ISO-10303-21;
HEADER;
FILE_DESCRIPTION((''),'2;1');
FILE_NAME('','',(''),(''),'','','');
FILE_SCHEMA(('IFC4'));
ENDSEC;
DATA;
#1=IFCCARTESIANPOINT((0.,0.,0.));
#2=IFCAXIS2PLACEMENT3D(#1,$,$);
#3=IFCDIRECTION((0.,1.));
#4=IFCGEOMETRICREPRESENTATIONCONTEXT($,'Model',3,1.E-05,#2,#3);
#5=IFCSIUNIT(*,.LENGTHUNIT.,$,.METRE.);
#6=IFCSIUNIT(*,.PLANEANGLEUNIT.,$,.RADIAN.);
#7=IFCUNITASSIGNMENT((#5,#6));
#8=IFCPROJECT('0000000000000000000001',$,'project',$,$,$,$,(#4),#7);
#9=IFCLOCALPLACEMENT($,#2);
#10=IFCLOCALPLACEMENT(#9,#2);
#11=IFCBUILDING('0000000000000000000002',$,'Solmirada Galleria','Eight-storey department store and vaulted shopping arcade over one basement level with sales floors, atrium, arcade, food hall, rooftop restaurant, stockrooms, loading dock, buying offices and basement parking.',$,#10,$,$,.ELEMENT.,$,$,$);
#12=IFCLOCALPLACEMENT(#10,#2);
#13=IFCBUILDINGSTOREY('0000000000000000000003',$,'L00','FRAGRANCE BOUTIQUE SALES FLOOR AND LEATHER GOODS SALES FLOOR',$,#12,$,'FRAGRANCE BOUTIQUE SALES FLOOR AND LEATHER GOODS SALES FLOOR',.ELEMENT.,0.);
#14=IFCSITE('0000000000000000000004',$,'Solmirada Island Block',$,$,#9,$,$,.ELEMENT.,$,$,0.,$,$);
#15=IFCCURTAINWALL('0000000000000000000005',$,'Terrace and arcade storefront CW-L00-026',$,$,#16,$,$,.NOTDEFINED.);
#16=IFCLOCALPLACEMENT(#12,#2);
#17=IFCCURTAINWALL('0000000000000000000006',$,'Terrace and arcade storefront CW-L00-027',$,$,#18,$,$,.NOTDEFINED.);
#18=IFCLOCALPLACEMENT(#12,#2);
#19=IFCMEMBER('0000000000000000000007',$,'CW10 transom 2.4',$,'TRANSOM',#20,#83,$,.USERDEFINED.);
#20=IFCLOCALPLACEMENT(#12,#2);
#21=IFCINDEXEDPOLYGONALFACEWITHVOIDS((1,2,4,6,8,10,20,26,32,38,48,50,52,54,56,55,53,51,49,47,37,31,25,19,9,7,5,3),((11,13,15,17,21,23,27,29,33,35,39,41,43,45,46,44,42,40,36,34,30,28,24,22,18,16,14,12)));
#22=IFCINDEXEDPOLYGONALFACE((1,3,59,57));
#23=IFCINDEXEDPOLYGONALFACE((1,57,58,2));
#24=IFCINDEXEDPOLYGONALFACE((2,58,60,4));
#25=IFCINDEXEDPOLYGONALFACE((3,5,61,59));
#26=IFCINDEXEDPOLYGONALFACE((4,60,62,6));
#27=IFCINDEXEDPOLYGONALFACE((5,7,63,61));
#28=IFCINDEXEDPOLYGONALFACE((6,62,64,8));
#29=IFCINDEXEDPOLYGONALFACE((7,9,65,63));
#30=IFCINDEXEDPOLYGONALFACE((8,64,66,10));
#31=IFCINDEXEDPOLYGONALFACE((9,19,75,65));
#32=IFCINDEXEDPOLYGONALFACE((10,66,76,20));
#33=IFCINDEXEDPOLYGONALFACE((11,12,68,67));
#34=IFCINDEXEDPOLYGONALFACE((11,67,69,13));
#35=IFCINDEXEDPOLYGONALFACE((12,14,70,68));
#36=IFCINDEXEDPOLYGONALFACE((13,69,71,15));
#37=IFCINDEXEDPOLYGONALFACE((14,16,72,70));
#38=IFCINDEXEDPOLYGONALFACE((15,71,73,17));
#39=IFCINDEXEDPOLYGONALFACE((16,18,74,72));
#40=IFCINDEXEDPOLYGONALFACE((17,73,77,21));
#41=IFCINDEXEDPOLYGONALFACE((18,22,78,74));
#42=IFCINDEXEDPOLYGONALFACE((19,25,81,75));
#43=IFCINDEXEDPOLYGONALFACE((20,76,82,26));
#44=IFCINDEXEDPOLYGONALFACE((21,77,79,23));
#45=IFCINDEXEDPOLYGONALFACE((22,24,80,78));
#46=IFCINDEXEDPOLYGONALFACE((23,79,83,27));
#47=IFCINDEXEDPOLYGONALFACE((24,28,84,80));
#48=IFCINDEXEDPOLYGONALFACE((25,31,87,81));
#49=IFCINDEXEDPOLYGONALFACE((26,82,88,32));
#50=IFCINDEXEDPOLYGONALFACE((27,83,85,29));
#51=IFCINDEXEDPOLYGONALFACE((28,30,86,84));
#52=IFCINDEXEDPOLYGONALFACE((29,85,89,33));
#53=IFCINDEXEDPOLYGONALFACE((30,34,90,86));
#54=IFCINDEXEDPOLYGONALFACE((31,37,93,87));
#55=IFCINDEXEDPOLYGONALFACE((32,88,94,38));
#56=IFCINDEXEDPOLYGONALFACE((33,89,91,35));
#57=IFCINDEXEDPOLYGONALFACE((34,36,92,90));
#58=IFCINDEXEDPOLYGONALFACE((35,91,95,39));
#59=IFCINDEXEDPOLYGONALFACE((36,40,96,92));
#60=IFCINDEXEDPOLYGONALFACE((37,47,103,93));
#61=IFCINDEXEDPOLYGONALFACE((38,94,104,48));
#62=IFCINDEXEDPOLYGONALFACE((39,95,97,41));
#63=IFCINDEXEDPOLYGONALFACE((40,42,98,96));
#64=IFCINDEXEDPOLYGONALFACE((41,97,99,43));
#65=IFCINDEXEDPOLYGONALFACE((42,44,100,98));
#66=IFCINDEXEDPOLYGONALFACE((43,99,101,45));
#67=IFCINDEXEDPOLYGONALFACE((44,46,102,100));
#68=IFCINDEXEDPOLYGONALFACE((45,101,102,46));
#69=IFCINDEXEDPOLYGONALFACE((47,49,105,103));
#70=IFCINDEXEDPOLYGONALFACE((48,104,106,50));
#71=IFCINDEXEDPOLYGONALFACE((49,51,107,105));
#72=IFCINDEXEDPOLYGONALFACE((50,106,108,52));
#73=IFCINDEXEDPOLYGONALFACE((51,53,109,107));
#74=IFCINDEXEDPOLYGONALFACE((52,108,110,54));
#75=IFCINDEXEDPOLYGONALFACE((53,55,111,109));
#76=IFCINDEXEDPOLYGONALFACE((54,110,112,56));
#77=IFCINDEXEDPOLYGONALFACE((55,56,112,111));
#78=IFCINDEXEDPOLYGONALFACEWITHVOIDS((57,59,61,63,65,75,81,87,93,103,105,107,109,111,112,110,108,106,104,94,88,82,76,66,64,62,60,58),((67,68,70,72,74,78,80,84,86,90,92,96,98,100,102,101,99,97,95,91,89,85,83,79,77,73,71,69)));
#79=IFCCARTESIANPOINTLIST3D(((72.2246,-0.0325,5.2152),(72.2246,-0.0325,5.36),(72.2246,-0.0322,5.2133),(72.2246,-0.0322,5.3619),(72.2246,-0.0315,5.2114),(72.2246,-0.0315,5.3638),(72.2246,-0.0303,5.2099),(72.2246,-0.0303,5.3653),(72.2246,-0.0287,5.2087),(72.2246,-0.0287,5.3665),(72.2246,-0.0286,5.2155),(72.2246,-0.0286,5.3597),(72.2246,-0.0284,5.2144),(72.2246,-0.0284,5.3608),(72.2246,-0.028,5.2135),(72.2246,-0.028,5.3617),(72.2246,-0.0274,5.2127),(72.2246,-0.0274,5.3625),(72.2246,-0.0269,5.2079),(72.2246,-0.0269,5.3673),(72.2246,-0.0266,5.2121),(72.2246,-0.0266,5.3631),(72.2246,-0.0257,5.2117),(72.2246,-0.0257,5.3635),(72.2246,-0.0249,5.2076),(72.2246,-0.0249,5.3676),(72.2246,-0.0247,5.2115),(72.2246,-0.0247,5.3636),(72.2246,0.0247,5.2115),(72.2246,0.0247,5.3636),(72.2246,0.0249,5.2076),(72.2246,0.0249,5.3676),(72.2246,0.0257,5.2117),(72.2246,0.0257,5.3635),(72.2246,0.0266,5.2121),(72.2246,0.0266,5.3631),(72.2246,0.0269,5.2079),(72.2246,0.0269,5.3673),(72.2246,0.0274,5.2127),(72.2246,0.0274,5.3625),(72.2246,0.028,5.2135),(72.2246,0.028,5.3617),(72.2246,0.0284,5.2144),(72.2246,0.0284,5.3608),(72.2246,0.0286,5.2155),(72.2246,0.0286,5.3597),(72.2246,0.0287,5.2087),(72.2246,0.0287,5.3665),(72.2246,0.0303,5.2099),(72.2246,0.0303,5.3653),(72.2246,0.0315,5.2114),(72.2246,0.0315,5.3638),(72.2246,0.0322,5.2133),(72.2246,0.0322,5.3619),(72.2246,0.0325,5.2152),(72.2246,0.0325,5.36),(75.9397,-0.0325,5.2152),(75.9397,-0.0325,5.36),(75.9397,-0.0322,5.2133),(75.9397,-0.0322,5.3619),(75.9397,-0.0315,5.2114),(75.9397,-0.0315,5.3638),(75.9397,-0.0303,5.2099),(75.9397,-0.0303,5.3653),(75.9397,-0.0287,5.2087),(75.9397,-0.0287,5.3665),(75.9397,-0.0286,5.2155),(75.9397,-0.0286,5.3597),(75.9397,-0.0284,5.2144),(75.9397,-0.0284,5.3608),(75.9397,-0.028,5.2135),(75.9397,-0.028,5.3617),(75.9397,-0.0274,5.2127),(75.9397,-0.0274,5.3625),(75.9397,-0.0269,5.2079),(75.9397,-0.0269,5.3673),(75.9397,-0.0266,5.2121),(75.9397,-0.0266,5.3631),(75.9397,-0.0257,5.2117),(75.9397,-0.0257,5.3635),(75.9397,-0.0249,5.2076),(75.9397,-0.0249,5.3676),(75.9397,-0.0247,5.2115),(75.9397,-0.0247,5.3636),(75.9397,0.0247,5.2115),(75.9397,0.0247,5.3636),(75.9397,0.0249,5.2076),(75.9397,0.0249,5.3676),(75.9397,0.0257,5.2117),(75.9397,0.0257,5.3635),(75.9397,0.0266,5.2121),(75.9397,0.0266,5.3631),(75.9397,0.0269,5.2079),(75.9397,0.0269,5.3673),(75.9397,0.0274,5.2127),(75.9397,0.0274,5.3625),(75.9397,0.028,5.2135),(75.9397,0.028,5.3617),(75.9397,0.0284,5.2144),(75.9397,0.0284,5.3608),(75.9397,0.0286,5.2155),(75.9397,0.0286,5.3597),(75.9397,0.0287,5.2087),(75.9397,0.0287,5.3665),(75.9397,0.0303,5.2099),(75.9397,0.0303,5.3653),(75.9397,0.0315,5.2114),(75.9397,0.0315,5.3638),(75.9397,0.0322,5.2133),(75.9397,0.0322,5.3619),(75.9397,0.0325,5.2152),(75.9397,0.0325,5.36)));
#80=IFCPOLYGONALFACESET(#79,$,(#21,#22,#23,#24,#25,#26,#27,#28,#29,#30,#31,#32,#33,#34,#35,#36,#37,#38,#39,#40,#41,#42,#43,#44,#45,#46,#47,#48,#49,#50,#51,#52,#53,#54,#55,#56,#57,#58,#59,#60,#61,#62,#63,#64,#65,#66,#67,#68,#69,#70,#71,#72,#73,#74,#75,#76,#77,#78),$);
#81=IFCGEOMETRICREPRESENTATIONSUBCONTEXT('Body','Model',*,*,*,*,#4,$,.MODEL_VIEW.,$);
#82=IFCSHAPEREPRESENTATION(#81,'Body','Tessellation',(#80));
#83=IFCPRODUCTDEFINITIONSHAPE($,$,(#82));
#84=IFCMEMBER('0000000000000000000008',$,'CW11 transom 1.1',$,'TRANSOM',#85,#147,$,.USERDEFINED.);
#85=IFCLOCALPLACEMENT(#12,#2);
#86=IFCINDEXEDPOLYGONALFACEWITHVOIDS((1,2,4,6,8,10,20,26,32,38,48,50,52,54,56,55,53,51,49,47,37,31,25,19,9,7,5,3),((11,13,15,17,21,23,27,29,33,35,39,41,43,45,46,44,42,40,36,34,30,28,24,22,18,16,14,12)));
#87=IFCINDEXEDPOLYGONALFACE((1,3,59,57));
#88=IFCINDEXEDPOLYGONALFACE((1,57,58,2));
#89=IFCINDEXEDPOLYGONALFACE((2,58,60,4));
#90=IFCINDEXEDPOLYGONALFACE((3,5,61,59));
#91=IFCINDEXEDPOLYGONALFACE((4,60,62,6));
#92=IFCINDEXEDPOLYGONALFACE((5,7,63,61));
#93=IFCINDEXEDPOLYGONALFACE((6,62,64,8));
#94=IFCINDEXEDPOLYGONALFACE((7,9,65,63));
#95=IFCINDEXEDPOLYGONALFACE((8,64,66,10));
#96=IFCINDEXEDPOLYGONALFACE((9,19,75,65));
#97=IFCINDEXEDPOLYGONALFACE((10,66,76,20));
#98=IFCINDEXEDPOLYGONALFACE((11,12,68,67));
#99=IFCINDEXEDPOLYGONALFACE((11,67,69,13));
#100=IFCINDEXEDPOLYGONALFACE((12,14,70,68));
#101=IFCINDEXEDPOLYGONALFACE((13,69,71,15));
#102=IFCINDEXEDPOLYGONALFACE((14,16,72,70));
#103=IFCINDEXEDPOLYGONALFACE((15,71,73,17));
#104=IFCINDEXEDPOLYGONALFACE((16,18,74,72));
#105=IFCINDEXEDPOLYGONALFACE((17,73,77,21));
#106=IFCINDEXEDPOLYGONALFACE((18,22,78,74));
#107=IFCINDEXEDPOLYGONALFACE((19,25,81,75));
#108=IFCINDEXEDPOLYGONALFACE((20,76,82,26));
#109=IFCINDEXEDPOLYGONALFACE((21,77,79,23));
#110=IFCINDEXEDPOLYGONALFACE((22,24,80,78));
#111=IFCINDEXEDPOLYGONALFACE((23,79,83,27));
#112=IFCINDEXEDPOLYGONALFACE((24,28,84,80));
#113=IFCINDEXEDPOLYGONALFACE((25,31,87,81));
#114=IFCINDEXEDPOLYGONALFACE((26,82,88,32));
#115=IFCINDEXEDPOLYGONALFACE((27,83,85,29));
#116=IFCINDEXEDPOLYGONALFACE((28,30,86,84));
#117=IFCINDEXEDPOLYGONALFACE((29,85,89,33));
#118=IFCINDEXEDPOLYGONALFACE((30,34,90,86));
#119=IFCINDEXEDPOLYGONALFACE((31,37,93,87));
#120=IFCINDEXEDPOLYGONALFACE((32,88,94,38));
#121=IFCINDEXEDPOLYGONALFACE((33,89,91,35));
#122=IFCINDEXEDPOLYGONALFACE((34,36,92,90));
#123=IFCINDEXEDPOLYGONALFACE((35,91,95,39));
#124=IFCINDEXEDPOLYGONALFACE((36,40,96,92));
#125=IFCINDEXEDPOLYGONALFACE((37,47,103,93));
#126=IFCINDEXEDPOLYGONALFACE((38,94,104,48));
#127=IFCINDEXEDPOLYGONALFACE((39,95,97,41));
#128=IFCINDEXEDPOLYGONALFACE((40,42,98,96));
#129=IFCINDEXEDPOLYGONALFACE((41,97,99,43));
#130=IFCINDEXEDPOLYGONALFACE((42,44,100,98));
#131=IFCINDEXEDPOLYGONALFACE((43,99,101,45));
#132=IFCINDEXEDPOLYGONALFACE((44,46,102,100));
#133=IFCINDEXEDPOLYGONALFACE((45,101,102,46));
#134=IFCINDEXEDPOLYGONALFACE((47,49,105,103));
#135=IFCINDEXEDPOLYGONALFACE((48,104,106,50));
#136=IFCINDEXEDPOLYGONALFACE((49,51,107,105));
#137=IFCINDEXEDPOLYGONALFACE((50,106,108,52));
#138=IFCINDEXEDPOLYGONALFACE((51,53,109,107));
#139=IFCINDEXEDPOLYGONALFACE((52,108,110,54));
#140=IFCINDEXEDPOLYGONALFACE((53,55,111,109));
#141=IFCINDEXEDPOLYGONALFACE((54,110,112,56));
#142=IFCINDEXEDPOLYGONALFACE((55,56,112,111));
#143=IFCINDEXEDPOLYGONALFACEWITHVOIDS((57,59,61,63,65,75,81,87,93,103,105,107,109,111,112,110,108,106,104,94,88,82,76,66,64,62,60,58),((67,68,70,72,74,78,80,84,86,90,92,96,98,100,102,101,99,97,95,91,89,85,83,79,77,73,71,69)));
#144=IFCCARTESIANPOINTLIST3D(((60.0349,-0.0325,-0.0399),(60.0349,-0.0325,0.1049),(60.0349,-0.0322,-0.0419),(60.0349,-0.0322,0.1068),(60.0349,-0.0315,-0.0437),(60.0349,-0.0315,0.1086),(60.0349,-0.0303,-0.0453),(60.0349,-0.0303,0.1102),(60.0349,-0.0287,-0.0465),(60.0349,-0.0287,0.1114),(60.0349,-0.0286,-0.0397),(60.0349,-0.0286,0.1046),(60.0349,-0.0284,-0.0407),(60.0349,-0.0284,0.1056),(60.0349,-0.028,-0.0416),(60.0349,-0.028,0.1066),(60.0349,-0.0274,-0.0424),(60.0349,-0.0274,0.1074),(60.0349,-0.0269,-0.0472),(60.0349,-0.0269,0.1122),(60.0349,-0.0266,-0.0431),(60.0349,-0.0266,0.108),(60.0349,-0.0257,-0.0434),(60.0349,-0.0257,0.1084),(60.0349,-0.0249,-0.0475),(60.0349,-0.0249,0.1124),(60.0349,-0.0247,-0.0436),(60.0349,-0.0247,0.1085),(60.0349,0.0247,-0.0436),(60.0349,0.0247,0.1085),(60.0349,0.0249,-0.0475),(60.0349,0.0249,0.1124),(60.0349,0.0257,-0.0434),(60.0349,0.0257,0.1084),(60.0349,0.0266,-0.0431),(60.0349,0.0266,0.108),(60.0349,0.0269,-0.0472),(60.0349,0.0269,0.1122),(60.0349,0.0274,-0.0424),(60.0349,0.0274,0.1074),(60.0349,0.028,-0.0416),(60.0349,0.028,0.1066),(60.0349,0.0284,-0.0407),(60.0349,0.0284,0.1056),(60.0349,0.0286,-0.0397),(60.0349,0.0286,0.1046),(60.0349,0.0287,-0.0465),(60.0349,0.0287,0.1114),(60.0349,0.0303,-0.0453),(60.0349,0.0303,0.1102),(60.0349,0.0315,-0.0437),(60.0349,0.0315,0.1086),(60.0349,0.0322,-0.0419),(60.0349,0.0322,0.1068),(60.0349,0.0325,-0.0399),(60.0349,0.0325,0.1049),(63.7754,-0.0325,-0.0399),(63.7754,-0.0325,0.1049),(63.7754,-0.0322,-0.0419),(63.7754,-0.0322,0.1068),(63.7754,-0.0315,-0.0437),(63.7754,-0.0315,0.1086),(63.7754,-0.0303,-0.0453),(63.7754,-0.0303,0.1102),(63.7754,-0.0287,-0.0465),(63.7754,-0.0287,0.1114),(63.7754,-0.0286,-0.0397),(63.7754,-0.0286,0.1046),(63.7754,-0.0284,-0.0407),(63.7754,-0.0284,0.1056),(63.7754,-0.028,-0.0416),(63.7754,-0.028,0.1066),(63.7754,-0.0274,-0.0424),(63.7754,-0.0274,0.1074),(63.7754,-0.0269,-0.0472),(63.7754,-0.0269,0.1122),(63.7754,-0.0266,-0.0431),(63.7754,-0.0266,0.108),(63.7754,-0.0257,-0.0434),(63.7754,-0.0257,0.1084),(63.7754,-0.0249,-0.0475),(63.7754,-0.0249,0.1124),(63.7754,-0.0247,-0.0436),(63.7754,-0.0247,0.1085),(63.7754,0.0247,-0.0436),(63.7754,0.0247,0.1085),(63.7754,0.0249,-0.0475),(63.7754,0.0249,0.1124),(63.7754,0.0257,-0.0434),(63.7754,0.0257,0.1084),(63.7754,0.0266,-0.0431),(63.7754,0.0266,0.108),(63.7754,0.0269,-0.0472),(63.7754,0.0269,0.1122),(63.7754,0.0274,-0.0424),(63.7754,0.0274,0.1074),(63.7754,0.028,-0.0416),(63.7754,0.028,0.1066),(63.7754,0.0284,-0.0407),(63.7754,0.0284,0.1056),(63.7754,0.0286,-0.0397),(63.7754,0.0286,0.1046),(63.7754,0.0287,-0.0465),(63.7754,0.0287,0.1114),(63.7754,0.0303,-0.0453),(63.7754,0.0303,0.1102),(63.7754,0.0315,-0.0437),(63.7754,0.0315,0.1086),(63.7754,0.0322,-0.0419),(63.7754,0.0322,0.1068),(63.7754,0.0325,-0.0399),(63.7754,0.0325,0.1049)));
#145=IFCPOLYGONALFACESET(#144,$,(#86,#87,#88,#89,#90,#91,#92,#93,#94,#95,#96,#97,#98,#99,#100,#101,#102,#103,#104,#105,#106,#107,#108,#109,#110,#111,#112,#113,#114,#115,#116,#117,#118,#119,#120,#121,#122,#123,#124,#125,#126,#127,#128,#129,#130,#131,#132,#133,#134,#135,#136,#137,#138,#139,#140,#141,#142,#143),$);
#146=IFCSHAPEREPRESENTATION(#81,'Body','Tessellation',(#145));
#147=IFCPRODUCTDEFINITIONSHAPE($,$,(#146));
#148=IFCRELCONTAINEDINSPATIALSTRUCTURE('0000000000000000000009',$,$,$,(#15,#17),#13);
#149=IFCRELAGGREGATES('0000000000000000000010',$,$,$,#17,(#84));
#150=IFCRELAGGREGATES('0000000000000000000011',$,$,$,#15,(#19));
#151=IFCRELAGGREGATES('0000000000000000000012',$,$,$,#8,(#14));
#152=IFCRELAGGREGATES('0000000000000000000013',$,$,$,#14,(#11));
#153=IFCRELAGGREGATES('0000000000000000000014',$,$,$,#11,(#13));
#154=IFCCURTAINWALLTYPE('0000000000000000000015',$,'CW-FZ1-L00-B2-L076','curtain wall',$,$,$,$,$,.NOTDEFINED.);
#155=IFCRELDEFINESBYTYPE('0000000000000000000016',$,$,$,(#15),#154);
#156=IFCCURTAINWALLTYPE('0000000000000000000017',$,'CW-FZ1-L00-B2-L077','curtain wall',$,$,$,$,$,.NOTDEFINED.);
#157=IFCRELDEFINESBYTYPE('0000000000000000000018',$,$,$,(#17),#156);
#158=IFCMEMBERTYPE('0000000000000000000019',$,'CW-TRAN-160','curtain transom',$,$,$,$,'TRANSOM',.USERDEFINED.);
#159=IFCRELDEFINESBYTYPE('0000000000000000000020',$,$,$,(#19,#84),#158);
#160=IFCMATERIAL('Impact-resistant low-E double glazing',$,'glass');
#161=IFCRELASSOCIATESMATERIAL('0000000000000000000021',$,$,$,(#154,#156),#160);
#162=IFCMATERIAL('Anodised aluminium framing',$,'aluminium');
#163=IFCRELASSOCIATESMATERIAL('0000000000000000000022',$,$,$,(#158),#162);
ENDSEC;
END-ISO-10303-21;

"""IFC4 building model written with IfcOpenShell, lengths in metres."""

from ifc_helpers import new_model, si_unit, direction, frame, origin, origin_2d, place, context, subcontext, project, spatial, hollow_rectangle, extrude, material, material_profile, profile_set, type_object, element, aggregate, save


model = new_model("IFC4")

# Units and contexts
model_context = context("Model", 3, precision=1e-05, world=origin(), true_north=direction((0.0, 1.0)))
body_context = subcontext(model_context, "Body", "Model", "MODEL_VIEW")
ifc_project = project(units=[si_unit("LENGTHUNIT", "METRE"), si_unit("PLANEANGLEUNIT", "RADIAN")], contexts=[model_context])

# Site, building, storey
site_placement = place(None, origin())
site = spatial("IfcSite", under=ifc_project, at=site_placement, Name="Solmirada Island Block", CompositionType="ELEMENT", RefElevation=0.0)
building_placement = place(site_placement, origin())
building = spatial("IfcBuilding", under=site, at=building_placement, Name="Solmirada Galleria", Description="Eight-storey department store and vaulted shopping arcade over one basement level with sales floors, atrium, arcade, food hall, rooftop restaurant, stockrooms, loading dock, buying offices and basement parking.", CompositionType="ELEMENT")
storey_placement = place(building_placement, origin())
storey = spatial("IfcBuildingStorey", under=building, at=storey_placement, Name="L00", Description="FRAGRANCE BOUTIQUE SALES FLOOR AND LEATHER GOODS SALES FLOOR", LongName="FRAGRANCE BOUTIQUE SALES FLOOR AND LEATHER GOODS SALES FLOOR", CompositionType="ELEMENT", Elevation=0.0)

# Curtain wall
ifc_material_1 = material(Name="Impact-resistant low-E double glazing", Category="glass")
curtain_wall_type_1 = type_object("IfcCurtainWallType", Name="CW-FZ1-L00-B2-L076", Description="curtain wall", PredefinedType="NOTDEFINED", material=ifc_material_1)
curtain_wall_1_placement = place(storey_placement, origin())
curtain_wall_1 = element("IfcCurtainWall", 1, at=curtain_wall_1_placement, inside=storey, type_object=curtain_wall_type_1, Name="Terrace and arcade storefront CW-L00-026", PredefinedType="NOTDEFINED")
ifc_material_2 = material(Name="Anodised aluminium framing", Category="aluminium")

# Curtain wall
curtain_wall_type_2 = type_object("IfcCurtainWallType", Name="CW-FZ1-L00-B2-L077", Description="curtain wall", PredefinedType="NOTDEFINED", material=ifc_material_1)
curtain_wall_2_placement = place(storey_placement, origin())
curtain_wall_2 = element("IfcCurtainWall", 2, at=curtain_wall_2_placement, inside=storey, type_object=curtain_wall_type_2, Name="Terrace and arcade storefront CW-L00-027", PredefinedType="NOTDEFINED")

# Members
ifc_material_profile_1 = material_profile(ifc_material_2, hollow_rectangle(XDim=0.0649, YDim=0.1599, WallThickness=0.0039, InnerFilletRadius=0.0039, OuterFilletRadius=0.0076, at=origin_2d()), Name="ALU-TRAN-160X65")
ifc_profile_set_1 = profile_set([ifc_material_profile_1], Name="Anodised aluminium framing")
member_type_1 = type_object("IfcMemberType", Name="CW-TRAN-160", Description="curtain transom", ElementType="TRANSOM", PredefinedType="USERDEFINED", material=ifc_profile_set_1)
member_1_placement = place(storey_placement, frame((75.9397, 0.0, 5.2876), z_axis=(-1.0, 0.0, 0.0), x_axis=(0.0, -1.0, 0.0)))
member_1 = element("IfcMember", 3, at=member_1_placement, type_object=member_type_1, Name="CW10 transom 2.4", ObjectType="TRANSOM", PredefinedType="USERDEFINED", context=body_context, shape_type="SweptSolid", body=[
    extrude(hollow_rectangle(XDim=0.0649, YDim=0.1599, WallThickness=0.0039, InnerFilletRadius=0.0039, OuterFilletRadius=0.0076, at=origin_2d()), origin(), (0.0, 0.0, 1.0), 3.7151),
])
member_2_placement = place(storey_placement, frame((63.7754, 0.0, 0.0325), z_axis=(-1.0, 0.0, 0.0), x_axis=(0.0, -1.0, 0.0)))
member_2 = element("IfcMember", 4, at=member_2_placement, type_object=member_type_1, Name="CW11 transom 1.1", ObjectType="TRANSOM", PredefinedType="USERDEFINED", context=body_context, shape_type="SweptSolid", body=[
    extrude(hollow_rectangle(XDim=0.0649, YDim=0.1599, WallThickness=0.0039, InnerFilletRadius=0.0039, OuterFilletRadius=0.0076, at=origin_2d()), origin(), (0.0, 0.0, 1.0), 3.7405),
])
aggregate(curtain_wall_2, [member_2])

aggregate(curtain_wall_1, [member_1])

save(model, "model.ifc")
